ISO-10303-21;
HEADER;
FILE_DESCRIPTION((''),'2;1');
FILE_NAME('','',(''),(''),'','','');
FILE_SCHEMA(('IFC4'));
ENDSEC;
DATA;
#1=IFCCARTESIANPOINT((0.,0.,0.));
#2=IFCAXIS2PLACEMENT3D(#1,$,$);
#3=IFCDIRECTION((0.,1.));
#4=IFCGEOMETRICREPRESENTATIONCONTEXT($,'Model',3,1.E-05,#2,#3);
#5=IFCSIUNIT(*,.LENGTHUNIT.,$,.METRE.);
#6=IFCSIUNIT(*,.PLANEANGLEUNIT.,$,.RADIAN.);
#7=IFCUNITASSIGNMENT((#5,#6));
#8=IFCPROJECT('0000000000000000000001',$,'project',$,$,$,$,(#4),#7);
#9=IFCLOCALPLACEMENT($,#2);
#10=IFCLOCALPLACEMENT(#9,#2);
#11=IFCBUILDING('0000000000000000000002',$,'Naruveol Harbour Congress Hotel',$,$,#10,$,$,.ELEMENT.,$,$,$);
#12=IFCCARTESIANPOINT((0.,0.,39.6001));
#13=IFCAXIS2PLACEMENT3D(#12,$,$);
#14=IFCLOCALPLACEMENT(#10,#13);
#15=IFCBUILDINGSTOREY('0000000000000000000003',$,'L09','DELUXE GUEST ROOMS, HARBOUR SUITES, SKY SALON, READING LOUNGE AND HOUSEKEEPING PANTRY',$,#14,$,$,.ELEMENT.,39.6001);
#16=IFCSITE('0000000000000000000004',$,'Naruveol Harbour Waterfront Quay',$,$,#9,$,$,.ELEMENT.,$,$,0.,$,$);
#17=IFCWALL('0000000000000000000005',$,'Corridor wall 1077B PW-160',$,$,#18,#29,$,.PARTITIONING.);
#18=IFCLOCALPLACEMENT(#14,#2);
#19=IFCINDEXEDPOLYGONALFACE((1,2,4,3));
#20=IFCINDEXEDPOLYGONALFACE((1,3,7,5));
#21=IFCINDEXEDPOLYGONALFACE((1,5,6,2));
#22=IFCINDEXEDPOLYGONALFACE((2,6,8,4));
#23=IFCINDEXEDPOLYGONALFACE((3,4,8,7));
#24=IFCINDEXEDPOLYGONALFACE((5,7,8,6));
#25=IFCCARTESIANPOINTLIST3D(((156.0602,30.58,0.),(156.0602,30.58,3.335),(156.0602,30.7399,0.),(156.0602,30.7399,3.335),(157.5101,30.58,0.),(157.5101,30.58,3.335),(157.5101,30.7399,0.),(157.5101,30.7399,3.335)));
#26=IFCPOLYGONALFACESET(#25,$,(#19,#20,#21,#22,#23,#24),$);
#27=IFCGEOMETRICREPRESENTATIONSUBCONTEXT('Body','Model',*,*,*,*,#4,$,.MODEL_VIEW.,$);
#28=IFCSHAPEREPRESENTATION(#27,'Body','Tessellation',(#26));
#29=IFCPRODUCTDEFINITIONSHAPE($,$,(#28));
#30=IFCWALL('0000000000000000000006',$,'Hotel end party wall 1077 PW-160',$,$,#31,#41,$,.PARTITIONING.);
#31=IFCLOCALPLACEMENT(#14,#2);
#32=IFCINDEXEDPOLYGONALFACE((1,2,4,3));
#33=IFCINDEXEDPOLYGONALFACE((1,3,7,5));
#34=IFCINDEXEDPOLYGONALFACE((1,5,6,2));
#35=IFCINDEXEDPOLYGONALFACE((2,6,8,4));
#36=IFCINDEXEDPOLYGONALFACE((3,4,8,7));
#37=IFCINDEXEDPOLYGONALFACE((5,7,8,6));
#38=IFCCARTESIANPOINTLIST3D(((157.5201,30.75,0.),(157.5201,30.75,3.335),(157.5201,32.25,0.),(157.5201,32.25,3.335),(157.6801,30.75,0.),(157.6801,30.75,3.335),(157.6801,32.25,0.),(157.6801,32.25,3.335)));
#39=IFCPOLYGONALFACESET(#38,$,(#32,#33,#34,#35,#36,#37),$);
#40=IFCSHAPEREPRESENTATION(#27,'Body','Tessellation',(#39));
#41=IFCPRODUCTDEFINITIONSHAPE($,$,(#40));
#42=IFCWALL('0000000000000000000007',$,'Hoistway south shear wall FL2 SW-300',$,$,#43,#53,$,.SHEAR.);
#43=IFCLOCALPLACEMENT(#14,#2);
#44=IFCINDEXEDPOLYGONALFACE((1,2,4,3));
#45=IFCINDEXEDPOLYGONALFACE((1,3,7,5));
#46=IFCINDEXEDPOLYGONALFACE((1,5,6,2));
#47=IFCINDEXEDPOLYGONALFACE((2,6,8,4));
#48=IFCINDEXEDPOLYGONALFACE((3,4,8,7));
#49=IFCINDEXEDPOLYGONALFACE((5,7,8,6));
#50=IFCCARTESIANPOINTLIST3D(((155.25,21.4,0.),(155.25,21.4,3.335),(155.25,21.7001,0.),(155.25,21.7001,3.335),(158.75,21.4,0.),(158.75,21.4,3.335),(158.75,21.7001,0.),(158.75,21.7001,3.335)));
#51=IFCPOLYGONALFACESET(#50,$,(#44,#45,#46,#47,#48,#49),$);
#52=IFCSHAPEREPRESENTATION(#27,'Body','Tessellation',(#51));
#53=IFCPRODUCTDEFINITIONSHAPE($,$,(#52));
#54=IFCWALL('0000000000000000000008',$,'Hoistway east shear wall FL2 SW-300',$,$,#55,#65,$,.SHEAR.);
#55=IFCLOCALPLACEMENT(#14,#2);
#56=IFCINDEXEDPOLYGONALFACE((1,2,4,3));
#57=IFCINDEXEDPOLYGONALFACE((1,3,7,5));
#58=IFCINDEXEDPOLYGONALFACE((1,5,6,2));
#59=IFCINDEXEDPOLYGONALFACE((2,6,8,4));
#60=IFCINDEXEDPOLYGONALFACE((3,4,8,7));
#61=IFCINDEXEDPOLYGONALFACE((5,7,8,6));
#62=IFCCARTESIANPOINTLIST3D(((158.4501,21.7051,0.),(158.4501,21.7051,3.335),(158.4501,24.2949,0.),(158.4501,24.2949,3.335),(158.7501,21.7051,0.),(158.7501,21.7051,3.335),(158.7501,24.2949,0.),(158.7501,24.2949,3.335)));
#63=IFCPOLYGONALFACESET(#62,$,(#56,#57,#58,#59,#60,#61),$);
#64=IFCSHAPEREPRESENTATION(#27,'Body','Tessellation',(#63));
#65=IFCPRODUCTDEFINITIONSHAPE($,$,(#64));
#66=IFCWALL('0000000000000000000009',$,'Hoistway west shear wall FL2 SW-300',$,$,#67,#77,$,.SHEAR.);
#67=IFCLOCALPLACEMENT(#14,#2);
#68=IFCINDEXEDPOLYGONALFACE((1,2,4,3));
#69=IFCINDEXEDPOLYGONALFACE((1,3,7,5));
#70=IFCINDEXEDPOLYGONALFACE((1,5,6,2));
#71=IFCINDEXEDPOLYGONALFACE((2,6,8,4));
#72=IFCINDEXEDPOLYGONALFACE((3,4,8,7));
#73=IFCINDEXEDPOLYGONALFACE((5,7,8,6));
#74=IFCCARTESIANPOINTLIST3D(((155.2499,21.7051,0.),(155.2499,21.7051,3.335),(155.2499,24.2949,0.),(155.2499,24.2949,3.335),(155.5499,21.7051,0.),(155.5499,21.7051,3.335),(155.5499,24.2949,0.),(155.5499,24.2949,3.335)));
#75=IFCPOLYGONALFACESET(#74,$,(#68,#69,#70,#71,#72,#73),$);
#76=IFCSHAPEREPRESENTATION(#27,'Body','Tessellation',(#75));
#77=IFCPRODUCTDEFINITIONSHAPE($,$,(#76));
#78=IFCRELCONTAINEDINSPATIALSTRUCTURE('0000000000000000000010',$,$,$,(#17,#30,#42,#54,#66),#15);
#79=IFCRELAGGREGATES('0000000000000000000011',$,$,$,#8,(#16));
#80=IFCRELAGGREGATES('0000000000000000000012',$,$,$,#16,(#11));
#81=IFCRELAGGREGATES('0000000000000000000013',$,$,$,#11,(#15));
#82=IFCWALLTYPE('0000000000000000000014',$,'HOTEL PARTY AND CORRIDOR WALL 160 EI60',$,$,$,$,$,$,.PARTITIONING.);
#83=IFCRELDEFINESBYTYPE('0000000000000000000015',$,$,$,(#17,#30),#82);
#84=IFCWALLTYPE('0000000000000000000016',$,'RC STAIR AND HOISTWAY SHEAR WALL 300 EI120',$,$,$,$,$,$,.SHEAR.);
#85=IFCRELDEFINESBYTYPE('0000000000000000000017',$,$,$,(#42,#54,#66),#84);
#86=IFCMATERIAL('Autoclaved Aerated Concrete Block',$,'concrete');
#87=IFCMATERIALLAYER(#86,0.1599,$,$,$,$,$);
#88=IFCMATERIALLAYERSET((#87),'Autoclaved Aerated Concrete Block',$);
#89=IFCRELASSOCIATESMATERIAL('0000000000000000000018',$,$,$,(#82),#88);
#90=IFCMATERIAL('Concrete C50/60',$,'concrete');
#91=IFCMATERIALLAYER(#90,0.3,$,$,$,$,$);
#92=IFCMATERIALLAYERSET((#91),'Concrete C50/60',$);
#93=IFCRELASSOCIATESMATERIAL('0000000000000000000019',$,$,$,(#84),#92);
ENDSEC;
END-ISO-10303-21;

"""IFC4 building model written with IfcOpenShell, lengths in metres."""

from ifc_helpers import new_model, si_unit, direction, frame, frame_2d, origin, place, context, subcontext, project, spatial, rectangle, extrude, material, layer, layer_set, type_object, element, save


model = new_model("IFC4")

# Units and contexts
model_context = context("Model", 3, precision=1e-05, world=origin(), true_north=direction((0.0, 1.0)))
body_context = subcontext(model_context, "Body", "Model", "MODEL_VIEW")
ifc_project = project(units=[si_unit("LENGTHUNIT", "METRE"), si_unit("PLANEANGLEUNIT", "RADIAN")], contexts=[model_context])

# Site, building, storey
site_placement = place(None, origin())
site = spatial("IfcSite", under=ifc_project, at=site_placement, Name="Naruveol Harbour Waterfront Quay", CompositionType="ELEMENT", RefElevation=0.0)
building_placement = place(site_placement, origin())
building = spatial("IfcBuilding", under=site, at=building_placement, Name="Naruveol Harbour Congress Hotel", CompositionType="ELEMENT")
storey_placement = place(building_placement, frame((0.0, 0.0, 39.6001)))
storey = spatial("IfcBuildingStorey", under=building, at=storey_placement, Name="L09", Description="DELUXE GUEST ROOMS, HARBOUR SUITES, SKY SALON, READING LOUNGE AND HOUSEKEEPING PANTRY", CompositionType="ELEMENT", Elevation=39.6001)

# Shared definitions
ifc_material_1 = material(Name="Autoclaved Aerated Concrete Block", Category="concrete")
ifc_layer_1 = layer(ifc_material_1, 0.1599)
ifc_layer_set_1 = layer_set([ifc_layer_1], Name="Autoclaved Aerated Concrete Block")
wall_type_1 = type_object("IfcWallType", Name="HOTEL PARTY AND CORRIDOR WALL 160 EI60", PredefinedType="PARTITIONING", material=ifc_layer_set_1)

# Walls
wall_1_placement = place(storey_placement, frame((156.0601, 30.6599, 0.0), z_axis=(0.0, 0.0, 1.0), x_axis=(1.0, 0.0, 0.0)))
element("IfcWall", 1, at=wall_1_placement, inside=storey, type_object=wall_type_1, Name="Corridor wall 1077B PW-160", PredefinedType="PARTITIONING", context=body_context, shape_type="SweptSolid", body=[
    extrude(rectangle(XDim=1.45, YDim=0.1599, at=frame_2d((0.7251, 0.0))), origin(), (0.0, 0.0, 1.0), 3.335),
])
wall_2_placement = place(storey_placement, frame((157.6001, 30.75, 0.0), z_axis=(0.0, 0.0, 1.0), x_axis=(0.0, 1.0, 0.0)))
element("IfcWall", 2, at=wall_2_placement, inside=storey, type_object=wall_type_1, Name="Hotel end party wall 1077 PW-160", PredefinedType="PARTITIONING", context=body_context, shape_type="SweptSolid", body=[
    extrude(rectangle(XDim=1.5, YDim=0.1599, at=frame_2d((0.75, 0.0))), origin(), (0.0, 0.0, 1.0), 3.335),
])
ifc_material_2 = material(Name="Concrete C50/60", Category="concrete")
ifc_layer_2 = layer(ifc_material_2, 0.3)
ifc_layer_set_2 = layer_set([ifc_layer_2], Name="Concrete C50/60")
wall_type_2 = type_object("IfcWallType", Name="RC STAIR AND HOISTWAY SHEAR WALL 300 EI120", PredefinedType="SHEAR", material=ifc_layer_set_2)
wall_3_placement = place(storey_placement, frame((155.25, 21.55, 0.0), z_axis=(0.0, 0.0, 1.0), x_axis=(1.0, 0.0, 0.0)))
element("IfcWall", 3, at=wall_3_placement, inside=storey, type_object=wall_type_2, Name="Hoistway south shear wall FL2 SW-300", PredefinedType="SHEAR", context=body_context, shape_type="SweptSolid", body=[
    extrude(rectangle(XDim=3.5, YDim=0.3, at=frame_2d((1.75, 0.0))), origin(), (0.0, 0.0, 1.0), 3.335),
])
for number, where, z_axis, x_axis, name in (
    (4, (158.6001, 21.7051, 0.0), (0.0, 0.0, 1.0), (0.0, 1.0, 0.0), "Hoistway east shear wall FL2 SW-300"),
    (5, (155.3999, 24.2949, 0.0), (0.0, 0.0, 1.0), (0.0, -1.0, 0.0), "Hoistway west shear wall FL2 SW-300"),
):
    element("IfcWall", number, at=place(storey_placement, frame(where, z_axis=z_axis, x_axis=x_axis)), inside=storey, type_object=wall_type_2, Name=name, PredefinedType="SHEAR", context=body_context, shape_type="SweptSolid", body=[
        extrude(rectangle(XDim=2.5898, YDim=0.3, at=frame_2d((1.2949, 0.0))), origin(), (0.0, 0.0, 1.0), 3.335),
    ])

save(model, "model.ifc")
